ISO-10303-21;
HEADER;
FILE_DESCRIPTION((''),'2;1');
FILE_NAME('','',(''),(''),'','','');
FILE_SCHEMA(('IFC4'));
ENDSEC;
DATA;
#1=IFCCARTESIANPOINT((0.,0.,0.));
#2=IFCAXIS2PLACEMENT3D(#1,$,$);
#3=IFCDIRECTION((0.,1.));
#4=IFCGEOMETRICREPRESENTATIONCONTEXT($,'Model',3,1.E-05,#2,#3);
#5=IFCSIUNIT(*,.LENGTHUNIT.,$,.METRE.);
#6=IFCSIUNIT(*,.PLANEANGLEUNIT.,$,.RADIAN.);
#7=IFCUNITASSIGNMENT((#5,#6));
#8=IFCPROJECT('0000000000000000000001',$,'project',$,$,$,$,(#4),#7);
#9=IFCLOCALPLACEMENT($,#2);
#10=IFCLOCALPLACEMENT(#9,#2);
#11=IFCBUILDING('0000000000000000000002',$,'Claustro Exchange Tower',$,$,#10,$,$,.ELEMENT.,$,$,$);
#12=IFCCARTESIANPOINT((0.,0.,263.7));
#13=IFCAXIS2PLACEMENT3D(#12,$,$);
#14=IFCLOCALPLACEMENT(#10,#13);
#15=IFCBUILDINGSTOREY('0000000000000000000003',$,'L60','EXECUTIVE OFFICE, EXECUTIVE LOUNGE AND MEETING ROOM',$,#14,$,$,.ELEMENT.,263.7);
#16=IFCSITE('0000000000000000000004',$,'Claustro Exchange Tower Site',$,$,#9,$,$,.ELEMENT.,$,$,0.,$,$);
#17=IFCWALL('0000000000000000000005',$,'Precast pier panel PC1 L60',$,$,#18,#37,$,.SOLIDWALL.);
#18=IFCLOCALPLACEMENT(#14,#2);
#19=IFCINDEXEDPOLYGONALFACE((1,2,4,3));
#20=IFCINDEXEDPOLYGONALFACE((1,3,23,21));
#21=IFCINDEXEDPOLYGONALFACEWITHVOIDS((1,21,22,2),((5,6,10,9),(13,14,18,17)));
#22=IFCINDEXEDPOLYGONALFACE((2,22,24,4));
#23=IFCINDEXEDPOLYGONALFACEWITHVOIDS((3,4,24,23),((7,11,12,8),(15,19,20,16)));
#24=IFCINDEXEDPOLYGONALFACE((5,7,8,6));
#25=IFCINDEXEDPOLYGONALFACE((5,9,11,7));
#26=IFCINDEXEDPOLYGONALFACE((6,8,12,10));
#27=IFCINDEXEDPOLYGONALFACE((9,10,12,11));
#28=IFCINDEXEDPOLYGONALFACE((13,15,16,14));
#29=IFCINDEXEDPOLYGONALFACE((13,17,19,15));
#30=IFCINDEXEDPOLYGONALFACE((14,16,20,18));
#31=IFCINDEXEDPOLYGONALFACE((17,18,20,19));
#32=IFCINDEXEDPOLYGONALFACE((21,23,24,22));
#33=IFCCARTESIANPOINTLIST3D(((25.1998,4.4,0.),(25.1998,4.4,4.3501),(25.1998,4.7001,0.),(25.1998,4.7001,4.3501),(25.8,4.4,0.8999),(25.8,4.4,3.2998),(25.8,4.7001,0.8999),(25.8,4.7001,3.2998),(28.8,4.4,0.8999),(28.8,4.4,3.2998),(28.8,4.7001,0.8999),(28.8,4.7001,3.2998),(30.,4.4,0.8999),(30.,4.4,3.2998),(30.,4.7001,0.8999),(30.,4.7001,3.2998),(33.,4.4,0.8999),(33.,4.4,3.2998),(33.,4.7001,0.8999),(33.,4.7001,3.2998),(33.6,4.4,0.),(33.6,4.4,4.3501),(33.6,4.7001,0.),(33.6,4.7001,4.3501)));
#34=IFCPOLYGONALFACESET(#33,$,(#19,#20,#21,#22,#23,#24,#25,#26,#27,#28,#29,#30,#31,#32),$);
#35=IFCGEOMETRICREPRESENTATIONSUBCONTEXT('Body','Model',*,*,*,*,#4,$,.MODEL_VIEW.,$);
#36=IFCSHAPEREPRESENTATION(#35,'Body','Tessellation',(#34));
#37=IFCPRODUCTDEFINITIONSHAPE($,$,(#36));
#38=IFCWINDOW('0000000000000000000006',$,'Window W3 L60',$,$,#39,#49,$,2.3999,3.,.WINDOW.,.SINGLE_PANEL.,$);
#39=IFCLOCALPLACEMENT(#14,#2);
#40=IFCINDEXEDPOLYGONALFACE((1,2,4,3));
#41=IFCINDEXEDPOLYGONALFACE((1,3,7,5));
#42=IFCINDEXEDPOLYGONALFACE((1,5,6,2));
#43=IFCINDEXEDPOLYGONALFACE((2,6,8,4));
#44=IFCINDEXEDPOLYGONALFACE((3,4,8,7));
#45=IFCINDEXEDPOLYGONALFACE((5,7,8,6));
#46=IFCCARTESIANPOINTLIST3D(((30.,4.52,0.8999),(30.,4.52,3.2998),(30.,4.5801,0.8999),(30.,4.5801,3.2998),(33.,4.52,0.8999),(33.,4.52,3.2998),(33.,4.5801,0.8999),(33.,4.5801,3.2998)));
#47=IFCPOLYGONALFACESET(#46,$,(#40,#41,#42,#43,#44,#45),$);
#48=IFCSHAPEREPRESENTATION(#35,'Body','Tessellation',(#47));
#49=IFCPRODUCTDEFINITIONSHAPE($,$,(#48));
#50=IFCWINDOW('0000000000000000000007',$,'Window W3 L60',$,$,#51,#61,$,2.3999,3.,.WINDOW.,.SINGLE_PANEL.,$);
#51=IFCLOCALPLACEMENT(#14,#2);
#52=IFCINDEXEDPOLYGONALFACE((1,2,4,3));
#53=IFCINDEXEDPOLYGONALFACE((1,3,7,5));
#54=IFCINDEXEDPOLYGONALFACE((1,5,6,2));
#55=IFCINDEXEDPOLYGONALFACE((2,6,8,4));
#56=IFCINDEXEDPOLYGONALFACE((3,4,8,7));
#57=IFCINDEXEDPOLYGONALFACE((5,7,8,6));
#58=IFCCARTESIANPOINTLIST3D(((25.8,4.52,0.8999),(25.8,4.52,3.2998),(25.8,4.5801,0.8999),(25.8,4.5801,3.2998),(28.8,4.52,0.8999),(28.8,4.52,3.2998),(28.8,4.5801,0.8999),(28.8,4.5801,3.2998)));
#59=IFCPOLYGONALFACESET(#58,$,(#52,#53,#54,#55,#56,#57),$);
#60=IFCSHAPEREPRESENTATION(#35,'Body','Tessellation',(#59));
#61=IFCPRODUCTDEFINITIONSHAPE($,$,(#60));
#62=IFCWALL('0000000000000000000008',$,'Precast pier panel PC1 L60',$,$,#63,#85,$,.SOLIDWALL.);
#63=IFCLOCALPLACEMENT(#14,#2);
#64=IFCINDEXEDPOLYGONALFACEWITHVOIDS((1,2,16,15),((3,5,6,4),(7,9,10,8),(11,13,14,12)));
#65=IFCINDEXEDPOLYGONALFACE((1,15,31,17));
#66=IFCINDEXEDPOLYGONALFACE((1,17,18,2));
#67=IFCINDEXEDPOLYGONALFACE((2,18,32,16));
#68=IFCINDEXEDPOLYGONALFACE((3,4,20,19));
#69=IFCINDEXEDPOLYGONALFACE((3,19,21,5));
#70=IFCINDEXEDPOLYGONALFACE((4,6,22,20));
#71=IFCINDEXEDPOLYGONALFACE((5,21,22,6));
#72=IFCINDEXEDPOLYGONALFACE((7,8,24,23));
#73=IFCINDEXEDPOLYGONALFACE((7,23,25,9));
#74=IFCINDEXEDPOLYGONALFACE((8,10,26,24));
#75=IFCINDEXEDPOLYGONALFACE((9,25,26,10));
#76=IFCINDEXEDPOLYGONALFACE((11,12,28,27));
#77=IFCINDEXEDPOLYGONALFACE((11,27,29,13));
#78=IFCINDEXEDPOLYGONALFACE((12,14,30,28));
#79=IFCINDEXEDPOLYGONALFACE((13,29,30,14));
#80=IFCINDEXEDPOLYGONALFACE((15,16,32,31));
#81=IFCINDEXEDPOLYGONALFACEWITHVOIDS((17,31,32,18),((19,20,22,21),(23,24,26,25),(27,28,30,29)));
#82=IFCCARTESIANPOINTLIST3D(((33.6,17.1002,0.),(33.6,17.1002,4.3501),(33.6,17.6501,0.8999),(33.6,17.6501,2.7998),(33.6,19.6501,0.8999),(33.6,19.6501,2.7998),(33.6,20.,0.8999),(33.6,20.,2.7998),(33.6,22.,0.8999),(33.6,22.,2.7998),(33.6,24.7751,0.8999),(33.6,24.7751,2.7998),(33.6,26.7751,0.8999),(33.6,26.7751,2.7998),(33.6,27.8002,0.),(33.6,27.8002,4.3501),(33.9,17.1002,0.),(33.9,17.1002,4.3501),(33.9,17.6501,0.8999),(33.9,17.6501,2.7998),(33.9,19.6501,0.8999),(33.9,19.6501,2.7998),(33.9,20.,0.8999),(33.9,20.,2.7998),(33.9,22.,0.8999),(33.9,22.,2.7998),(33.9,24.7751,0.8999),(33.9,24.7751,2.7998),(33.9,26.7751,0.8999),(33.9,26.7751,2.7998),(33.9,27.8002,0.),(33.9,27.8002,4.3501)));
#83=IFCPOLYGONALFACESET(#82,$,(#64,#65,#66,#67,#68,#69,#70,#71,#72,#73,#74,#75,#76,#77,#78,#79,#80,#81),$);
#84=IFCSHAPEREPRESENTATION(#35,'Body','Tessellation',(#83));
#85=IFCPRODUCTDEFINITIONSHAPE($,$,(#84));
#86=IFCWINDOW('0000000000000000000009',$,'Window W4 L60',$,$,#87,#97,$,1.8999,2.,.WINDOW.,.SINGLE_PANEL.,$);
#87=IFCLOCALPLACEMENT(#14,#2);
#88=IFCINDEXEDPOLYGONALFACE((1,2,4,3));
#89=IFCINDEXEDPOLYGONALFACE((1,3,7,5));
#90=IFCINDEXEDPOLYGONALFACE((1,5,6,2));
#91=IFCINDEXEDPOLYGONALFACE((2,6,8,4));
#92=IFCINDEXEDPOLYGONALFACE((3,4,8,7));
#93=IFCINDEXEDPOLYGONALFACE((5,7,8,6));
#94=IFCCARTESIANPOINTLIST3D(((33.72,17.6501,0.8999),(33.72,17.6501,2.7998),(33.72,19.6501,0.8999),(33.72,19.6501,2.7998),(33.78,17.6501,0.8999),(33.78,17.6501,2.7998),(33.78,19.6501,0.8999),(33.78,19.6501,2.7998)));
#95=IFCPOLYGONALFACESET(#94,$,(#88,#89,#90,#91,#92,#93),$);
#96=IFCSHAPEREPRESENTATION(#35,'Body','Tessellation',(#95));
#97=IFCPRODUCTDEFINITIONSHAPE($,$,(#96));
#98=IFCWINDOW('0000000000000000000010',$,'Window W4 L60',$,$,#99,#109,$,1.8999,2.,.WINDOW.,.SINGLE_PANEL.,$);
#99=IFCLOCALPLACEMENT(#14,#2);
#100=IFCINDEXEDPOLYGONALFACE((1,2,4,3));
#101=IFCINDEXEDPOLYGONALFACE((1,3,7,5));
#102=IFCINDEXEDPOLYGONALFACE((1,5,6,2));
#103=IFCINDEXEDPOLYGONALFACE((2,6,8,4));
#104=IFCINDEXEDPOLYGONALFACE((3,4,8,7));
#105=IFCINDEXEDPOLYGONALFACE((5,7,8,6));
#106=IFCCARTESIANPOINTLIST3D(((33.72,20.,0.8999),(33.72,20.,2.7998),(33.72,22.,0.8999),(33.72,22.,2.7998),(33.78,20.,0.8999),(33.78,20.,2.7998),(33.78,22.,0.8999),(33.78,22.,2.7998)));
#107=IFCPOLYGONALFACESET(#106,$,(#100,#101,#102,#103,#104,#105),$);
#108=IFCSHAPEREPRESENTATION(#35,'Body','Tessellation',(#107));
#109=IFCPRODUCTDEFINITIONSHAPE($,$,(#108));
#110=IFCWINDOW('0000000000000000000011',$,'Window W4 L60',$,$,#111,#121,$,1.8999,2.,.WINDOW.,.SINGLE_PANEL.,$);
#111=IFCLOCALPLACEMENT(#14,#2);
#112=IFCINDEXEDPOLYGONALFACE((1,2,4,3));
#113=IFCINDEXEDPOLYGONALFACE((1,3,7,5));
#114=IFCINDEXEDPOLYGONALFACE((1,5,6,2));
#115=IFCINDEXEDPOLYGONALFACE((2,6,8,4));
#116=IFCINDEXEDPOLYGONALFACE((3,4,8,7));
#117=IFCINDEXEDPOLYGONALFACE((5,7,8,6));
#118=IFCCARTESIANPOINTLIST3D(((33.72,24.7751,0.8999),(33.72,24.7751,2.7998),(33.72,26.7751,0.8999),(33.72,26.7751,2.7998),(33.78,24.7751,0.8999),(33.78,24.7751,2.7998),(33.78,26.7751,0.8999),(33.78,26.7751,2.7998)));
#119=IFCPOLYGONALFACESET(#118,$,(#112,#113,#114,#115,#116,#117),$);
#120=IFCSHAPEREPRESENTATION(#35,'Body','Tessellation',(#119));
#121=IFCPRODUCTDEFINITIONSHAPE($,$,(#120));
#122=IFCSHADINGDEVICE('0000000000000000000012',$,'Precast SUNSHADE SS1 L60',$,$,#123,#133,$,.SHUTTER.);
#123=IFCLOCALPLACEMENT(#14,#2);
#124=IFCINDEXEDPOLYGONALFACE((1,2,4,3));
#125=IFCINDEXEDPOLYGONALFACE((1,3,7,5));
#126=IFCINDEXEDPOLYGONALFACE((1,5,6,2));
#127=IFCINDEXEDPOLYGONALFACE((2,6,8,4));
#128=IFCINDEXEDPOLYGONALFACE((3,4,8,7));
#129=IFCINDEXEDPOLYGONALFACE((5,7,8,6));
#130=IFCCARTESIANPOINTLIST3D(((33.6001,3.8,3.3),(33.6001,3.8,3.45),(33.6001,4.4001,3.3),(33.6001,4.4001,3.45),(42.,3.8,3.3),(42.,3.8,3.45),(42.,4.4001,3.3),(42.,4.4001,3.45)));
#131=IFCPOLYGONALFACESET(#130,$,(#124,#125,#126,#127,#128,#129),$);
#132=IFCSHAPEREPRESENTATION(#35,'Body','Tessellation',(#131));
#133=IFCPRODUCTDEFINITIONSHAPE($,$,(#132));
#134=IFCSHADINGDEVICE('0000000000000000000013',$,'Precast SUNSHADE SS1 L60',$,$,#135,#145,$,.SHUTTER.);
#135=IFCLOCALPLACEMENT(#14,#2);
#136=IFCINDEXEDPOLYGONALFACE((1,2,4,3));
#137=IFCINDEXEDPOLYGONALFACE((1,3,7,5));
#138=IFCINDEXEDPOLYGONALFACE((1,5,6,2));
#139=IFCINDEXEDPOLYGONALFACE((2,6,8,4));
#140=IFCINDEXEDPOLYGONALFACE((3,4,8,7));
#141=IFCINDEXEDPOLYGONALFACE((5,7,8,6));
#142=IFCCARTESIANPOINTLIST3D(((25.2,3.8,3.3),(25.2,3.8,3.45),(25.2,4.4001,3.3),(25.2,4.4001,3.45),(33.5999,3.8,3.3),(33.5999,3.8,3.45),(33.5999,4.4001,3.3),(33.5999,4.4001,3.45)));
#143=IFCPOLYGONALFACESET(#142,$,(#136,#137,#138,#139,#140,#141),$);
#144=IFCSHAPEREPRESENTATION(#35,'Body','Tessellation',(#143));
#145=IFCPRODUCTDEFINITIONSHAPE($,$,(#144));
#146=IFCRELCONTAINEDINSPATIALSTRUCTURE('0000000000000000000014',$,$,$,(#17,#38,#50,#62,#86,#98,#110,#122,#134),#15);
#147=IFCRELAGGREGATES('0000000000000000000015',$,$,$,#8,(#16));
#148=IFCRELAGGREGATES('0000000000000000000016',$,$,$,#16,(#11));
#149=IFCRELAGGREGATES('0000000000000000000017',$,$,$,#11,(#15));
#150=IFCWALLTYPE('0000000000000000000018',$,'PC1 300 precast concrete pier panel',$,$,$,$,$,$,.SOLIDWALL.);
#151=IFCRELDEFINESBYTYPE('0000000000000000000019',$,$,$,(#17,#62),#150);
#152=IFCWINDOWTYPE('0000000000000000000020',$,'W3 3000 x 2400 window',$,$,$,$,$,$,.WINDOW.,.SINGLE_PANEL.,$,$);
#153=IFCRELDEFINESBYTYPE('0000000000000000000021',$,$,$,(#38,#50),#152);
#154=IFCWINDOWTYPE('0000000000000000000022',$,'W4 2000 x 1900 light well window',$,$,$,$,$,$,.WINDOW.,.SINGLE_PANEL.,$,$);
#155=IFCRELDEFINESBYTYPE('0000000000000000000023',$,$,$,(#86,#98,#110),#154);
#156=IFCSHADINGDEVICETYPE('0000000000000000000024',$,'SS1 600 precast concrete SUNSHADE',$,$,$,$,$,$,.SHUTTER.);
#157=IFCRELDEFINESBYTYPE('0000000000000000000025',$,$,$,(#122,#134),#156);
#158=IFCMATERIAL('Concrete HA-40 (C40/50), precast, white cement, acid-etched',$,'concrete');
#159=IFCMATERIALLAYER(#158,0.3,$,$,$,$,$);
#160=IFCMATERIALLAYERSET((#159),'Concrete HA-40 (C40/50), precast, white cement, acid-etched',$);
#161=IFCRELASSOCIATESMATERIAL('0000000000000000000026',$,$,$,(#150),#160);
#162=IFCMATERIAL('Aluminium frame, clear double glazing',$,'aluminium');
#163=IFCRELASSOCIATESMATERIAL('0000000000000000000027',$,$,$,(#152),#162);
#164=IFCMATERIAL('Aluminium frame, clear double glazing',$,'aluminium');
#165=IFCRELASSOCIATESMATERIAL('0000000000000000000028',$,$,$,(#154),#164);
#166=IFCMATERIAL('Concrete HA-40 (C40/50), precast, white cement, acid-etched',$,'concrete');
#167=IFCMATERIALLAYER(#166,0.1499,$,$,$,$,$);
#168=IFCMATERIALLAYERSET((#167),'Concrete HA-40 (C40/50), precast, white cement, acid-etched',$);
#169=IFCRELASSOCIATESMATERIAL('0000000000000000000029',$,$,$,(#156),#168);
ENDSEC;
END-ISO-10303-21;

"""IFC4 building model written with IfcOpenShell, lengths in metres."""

from ifc_helpers import new_model, si_unit, direction, frame, frame_2d, origin, origin_2d, place, context, subcontext, project, spatial, rectangle, extrude, material, layer, layer_set, type_object, element, fill, save


model = new_model("IFC4")

# Units and contexts
model_context = context("Model", 3, precision=1e-05, world=origin(), true_north=direction((0.0, 1.0)))
body_context = subcontext(model_context, "Body", "Model", "MODEL_VIEW")
ifc_project = project(units=[si_unit("LENGTHUNIT", "METRE"), si_unit("PLANEANGLEUNIT", "RADIAN")], contexts=[model_context])

# Site, building, storey
site_placement = place(None, origin())
site = spatial("IfcSite", under=ifc_project, at=site_placement, Name="Claustro Exchange Tower Site", CompositionType="ELEMENT", RefElevation=0.0)
building_placement = place(site_placement, origin())
building = spatial("IfcBuilding", under=site, at=building_placement, Name="Claustro Exchange Tower", CompositionType="ELEMENT")
storey_placement = place(building_placement, frame((0.0, 0.0, 263.7)))
storey = spatial("IfcBuildingStorey", under=building, at=storey_placement, Name="L60", Description="EXECUTIVE OFFICE, EXECUTIVE LOUNGE AND MEETING ROOM", CompositionType="ELEMENT", Elevation=263.7)

# Walls, openings, windows
ifc_material_1 = material(Name="Concrete HA-40 (C40/50), precast, white cement, acid-etched", Category="concrete")
ifc_layer_1 = layer(ifc_material_1, 0.3)
ifc_layer_set_1 = layer_set([ifc_layer_1], Name="Concrete HA-40 (C40/50), precast, white cement, acid-etched")
wall_type_1 = type_object("IfcWallType", Name="PC1 300 precast concrete pier panel", PredefinedType="SOLIDWALL", material=ifc_layer_set_1)
wall_1_placement = place(storey_placement, frame((33.6001, 4.55, 0.0), z_axis=(0.0, 0.0, 1.0), x_axis=(-1.0, 0.0, 0.0)))
wall_1 = element("IfcWall", 1, at=wall_1_placement, inside=storey, type_object=wall_type_1, Name="Precast pier panel PC1 L60", PredefinedType="SOLIDWALL", context=body_context, shape_type="SweptSolid", body=[
    extrude(rectangle(XDim=8.4001, YDim=0.3, at=frame_2d((4.2002, 0.0))), origin(), (0.0, 0.0, 1.0), 4.3501),
])
opening_1_placement = place(wall_1_placement, frame((0.6001, 0.0, 0.8999)))
opening_1 = element("IfcOpeningElement", 2, at=opening_1_placement, cuts=wall_1, PredefinedType="OPENING", context=body_context, shape_type="SweptSolid", body=[
    extrude(rectangle(XDim=3.0, YDim=2.3999, at=frame_2d((1.5, 1.2))), frame((0.0, 0.1599, 0.0), z_axis=(0.0, -1.0, 0.0), x_axis=(1.0, 0.0, 0.0)), (0.0, 0.0, 1.0), 0.3201),
])
opening_2_placement = place(wall_1_placement, frame((4.8, 0.0, 0.8999)))
opening_2 = element("IfcOpeningElement", 3, at=opening_2_placement, cuts=wall_1, PredefinedType="OPENING", context=body_context, shape_type="SweptSolid", body=[
    extrude(rectangle(XDim=3.0, YDim=2.3999, at=frame_2d((1.5, 1.2))), frame((0.0, 0.1599, 0.0), z_axis=(0.0, -1.0, 0.0), x_axis=(1.0, 0.0, 0.0)), (0.0, 0.0, 1.0), 0.3201),
])
ifc_material_2 = material(Name="Aluminium frame, clear double glazing", Category="aluminium")
window_type_1 = type_object("IfcWindowType", Name="W3 3000 x 2400 window", PartitioningType="SINGLE_PANEL", PredefinedType="WINDOW", material=ifc_material_2)
window_1_placement = place(opening_1_placement, origin())
window_1 = element("IfcWindow", 4, at=window_1_placement, inside=storey, type_object=window_type_1, Name="Window W3 L60", OverallHeight=2.3999, OverallWidth=3.0, PartitioningType="SINGLE_PANEL", PredefinedType="WINDOW", context=body_context, shape_type="SweptSolid", body=[
    extrude(rectangle(XDim=3.0, YDim=2.3999, at=frame_2d((1.5, 1.2))), frame((0.0, 0.03, 0.0), z_axis=(0.0, -1.0, 0.0), x_axis=(1.0, 0.0, 0.0)), (0.0, 0.0, 1.0), 0.0601),
])
fill(opening_1, window_1)
window_2_placement = place(opening_2_placement, origin())
window_2 = element("IfcWindow", 5, at=window_2_placement, inside=storey, type_object=window_type_1, Name="Window W3 L60", OverallHeight=2.3999, OverallWidth=3.0, PartitioningType="SINGLE_PANEL", PredefinedType="WINDOW", context=body_context, shape_type="SweptSolid", body=[
    extrude(rectangle(XDim=3.0, YDim=2.3999, at=frame_2d((1.5, 1.2))), frame((0.0, 0.03, 0.0), z_axis=(0.0, -1.0, 0.0), x_axis=(1.0, 0.0, 0.0)), (0.0, 0.0, 1.0), 0.0601),
])
fill(opening_2, window_2)
wall_2_placement = place(storey_placement, frame((33.75, 17.1001, 0.0), z_axis=(0.0, 0.0, 1.0), x_axis=(0.0, 1.0, 0.0)))
wall_2 = element("IfcWall", 6, at=wall_2_placement, inside=storey, type_object=wall_type_1, Name="Precast pier panel PC1 L60", PredefinedType="SOLIDWALL", context=body_context, shape_type="SweptSolid", body=[
    extrude(rectangle(XDim=10.7, YDim=0.3, at=frame_2d((5.3501, 0.0))), origin(), (0.0, 0.0, 1.0), 4.3501),
])
opening_3_placement = place(wall_2_placement, frame((0.55, 0.0, 0.8999)))
opening_3 = element("IfcOpeningElement", 7, at=opening_3_placement, cuts=wall_2, PredefinedType="OPENING", context=body_context, shape_type="SweptSolid", body=[
    extrude(rectangle(XDim=2.0, YDim=1.8999, at=frame_2d((1.0, 0.95))), frame((0.0, 0.1599, 0.0), z_axis=(0.0, -1.0, 0.0), x_axis=(1.0, 0.0, 0.0)), (0.0, 0.0, 1.0), 0.3201),
])
opening_4_placement = place(wall_2_placement, frame((2.8999, 0.0, 0.8999)))
opening_4 = element("IfcOpeningElement", 8, at=opening_4_placement, cuts=wall_2, PredefinedType="OPENING", context=body_context, shape_type="SweptSolid", body=[
    extrude(rectangle(XDim=2.0, YDim=1.8999, at=frame_2d((1.0, 0.95))), frame((0.0, 0.1599, 0.0), z_axis=(0.0, -1.0, 0.0), x_axis=(1.0, 0.0, 0.0)), (0.0, 0.0, 1.0), 0.3201),
])
opening_5_placement = place(wall_2_placement, frame((7.675, 0.0, 0.8999)))
opening_5 = element("IfcOpeningElement", 9, at=opening_5_placement, cuts=wall_2, PredefinedType="OPENING", context=body_context, shape_type="SweptSolid", body=[
    extrude(rectangle(XDim=2.0, YDim=1.8999, at=frame_2d((1.0, 0.95))), frame((0.0, 0.1599, 0.0), z_axis=(0.0, -1.0, 0.0), x_axis=(1.0, 0.0, 0.0)), (0.0, 0.0, 1.0), 0.3201),
])
ifc_material_3 = material(Name="Aluminium frame, clear double glazing", Category="aluminium")
window_type_2 = type_object("IfcWindowType", Name="W4 2000 x 1900 light well window", PartitioningType="SINGLE_PANEL", PredefinedType="WINDOW", material=ifc_material_3)
window_3_placement = place(opening_3_placement, origin())
window_3 = element("IfcWindow", 10, at=window_3_placement, inside=storey, type_object=window_type_2, Name="Window W4 L60", OverallHeight=1.8999, OverallWidth=2.0, PartitioningType="SINGLE_PANEL", PredefinedType="WINDOW", context=body_context, shape_type="SweptSolid", body=[
    extrude(rectangle(XDim=2.0, YDim=1.8999, at=frame_2d((1.0, 0.95))), frame((0.0, 0.03, 0.0), z_axis=(0.0, -1.0, 0.0), x_axis=(1.0, 0.0, 0.0)), (0.0, 0.0, 1.0), 0.0601),
])
fill(opening_3, window_3)
window_4_placement = place(opening_4_placement, origin())
window_4 = element("IfcWindow", 11, at=window_4_placement, inside=storey, type_object=window_type_2, Name="Window W4 L60", OverallHeight=1.8999, OverallWidth=2.0, PartitioningType="SINGLE_PANEL", PredefinedType="WINDOW", context=body_context, shape_type="SweptSolid", body=[
    extrude(rectangle(XDim=2.0, YDim=1.8999, at=frame_2d((1.0, 0.95))), frame((0.0, 0.03, 0.0), z_axis=(0.0, -1.0, 0.0), x_axis=(1.0, 0.0, 0.0)), (0.0, 0.0, 1.0), 0.0601),
])
fill(opening_4, window_4)
window_5_placement = place(opening_5_placement, origin())
window_5 = element("IfcWindow", 12, at=window_5_placement, inside=storey, type_object=window_type_2, Name="Window W4 L60", OverallHeight=1.8999, OverallWidth=2.0, PartitioningType="SINGLE_PANEL", PredefinedType="WINDOW", context=body_context, shape_type="SweptSolid", body=[
    extrude(rectangle(XDim=2.0, YDim=1.8999, at=frame_2d((1.0, 0.95))), frame((0.0, 0.03, 0.0), z_axis=(0.0, -1.0, 0.0), x_axis=(1.0, 0.0, 0.0)), (0.0, 0.0, 1.0), 0.0601),
])
fill(opening_5, window_5)

# Shading devices
ifc_material_4 = material(Name="Concrete HA-40 (C40/50), precast, white cement, acid-etched", Category="concrete")
ifc_layer_2 = layer(ifc_material_4, 0.1499)
ifc_layer_set_2 = layer_set([ifc_layer_2], Name="Concrete HA-40 (C40/50), precast, white cement, acid-etched")
shading_device_type = type_object("IfcShadingDeviceType", Name="SS1 600 precast concrete SUNSHADE", PredefinedType="SHUTTER", material=ifc_layer_set_2)
for number, where, z_axis, x_axis, name in (
    (13, (37.8, 4.1001, 3.3), (0.0, 0.0, 1.0), (-1.0, 0.0, 0.0), "Precast SUNSHADE SS1 L60"),
    (14, (29.3999, 4.1001, 3.3), (0.0, 0.0, 1.0), (-1.0, 0.0, 0.0), "Precast SUNSHADE SS1 L60"),
):
    element("IfcShadingDevice", number, at=place(storey_placement, frame(where, z_axis=z_axis, x_axis=x_axis)), inside=storey, type_object=shading_device_type, Name=name, PredefinedType="SHUTTER", context=body_context, shape_type="SweptSolid", body=[
        extrude(rectangle(XDim=8.3999, YDim=0.6001, at=origin_2d()), origin(), (0.0, 0.0, 1.0), 0.1499),
    ])

save(model, "model.ifc")
